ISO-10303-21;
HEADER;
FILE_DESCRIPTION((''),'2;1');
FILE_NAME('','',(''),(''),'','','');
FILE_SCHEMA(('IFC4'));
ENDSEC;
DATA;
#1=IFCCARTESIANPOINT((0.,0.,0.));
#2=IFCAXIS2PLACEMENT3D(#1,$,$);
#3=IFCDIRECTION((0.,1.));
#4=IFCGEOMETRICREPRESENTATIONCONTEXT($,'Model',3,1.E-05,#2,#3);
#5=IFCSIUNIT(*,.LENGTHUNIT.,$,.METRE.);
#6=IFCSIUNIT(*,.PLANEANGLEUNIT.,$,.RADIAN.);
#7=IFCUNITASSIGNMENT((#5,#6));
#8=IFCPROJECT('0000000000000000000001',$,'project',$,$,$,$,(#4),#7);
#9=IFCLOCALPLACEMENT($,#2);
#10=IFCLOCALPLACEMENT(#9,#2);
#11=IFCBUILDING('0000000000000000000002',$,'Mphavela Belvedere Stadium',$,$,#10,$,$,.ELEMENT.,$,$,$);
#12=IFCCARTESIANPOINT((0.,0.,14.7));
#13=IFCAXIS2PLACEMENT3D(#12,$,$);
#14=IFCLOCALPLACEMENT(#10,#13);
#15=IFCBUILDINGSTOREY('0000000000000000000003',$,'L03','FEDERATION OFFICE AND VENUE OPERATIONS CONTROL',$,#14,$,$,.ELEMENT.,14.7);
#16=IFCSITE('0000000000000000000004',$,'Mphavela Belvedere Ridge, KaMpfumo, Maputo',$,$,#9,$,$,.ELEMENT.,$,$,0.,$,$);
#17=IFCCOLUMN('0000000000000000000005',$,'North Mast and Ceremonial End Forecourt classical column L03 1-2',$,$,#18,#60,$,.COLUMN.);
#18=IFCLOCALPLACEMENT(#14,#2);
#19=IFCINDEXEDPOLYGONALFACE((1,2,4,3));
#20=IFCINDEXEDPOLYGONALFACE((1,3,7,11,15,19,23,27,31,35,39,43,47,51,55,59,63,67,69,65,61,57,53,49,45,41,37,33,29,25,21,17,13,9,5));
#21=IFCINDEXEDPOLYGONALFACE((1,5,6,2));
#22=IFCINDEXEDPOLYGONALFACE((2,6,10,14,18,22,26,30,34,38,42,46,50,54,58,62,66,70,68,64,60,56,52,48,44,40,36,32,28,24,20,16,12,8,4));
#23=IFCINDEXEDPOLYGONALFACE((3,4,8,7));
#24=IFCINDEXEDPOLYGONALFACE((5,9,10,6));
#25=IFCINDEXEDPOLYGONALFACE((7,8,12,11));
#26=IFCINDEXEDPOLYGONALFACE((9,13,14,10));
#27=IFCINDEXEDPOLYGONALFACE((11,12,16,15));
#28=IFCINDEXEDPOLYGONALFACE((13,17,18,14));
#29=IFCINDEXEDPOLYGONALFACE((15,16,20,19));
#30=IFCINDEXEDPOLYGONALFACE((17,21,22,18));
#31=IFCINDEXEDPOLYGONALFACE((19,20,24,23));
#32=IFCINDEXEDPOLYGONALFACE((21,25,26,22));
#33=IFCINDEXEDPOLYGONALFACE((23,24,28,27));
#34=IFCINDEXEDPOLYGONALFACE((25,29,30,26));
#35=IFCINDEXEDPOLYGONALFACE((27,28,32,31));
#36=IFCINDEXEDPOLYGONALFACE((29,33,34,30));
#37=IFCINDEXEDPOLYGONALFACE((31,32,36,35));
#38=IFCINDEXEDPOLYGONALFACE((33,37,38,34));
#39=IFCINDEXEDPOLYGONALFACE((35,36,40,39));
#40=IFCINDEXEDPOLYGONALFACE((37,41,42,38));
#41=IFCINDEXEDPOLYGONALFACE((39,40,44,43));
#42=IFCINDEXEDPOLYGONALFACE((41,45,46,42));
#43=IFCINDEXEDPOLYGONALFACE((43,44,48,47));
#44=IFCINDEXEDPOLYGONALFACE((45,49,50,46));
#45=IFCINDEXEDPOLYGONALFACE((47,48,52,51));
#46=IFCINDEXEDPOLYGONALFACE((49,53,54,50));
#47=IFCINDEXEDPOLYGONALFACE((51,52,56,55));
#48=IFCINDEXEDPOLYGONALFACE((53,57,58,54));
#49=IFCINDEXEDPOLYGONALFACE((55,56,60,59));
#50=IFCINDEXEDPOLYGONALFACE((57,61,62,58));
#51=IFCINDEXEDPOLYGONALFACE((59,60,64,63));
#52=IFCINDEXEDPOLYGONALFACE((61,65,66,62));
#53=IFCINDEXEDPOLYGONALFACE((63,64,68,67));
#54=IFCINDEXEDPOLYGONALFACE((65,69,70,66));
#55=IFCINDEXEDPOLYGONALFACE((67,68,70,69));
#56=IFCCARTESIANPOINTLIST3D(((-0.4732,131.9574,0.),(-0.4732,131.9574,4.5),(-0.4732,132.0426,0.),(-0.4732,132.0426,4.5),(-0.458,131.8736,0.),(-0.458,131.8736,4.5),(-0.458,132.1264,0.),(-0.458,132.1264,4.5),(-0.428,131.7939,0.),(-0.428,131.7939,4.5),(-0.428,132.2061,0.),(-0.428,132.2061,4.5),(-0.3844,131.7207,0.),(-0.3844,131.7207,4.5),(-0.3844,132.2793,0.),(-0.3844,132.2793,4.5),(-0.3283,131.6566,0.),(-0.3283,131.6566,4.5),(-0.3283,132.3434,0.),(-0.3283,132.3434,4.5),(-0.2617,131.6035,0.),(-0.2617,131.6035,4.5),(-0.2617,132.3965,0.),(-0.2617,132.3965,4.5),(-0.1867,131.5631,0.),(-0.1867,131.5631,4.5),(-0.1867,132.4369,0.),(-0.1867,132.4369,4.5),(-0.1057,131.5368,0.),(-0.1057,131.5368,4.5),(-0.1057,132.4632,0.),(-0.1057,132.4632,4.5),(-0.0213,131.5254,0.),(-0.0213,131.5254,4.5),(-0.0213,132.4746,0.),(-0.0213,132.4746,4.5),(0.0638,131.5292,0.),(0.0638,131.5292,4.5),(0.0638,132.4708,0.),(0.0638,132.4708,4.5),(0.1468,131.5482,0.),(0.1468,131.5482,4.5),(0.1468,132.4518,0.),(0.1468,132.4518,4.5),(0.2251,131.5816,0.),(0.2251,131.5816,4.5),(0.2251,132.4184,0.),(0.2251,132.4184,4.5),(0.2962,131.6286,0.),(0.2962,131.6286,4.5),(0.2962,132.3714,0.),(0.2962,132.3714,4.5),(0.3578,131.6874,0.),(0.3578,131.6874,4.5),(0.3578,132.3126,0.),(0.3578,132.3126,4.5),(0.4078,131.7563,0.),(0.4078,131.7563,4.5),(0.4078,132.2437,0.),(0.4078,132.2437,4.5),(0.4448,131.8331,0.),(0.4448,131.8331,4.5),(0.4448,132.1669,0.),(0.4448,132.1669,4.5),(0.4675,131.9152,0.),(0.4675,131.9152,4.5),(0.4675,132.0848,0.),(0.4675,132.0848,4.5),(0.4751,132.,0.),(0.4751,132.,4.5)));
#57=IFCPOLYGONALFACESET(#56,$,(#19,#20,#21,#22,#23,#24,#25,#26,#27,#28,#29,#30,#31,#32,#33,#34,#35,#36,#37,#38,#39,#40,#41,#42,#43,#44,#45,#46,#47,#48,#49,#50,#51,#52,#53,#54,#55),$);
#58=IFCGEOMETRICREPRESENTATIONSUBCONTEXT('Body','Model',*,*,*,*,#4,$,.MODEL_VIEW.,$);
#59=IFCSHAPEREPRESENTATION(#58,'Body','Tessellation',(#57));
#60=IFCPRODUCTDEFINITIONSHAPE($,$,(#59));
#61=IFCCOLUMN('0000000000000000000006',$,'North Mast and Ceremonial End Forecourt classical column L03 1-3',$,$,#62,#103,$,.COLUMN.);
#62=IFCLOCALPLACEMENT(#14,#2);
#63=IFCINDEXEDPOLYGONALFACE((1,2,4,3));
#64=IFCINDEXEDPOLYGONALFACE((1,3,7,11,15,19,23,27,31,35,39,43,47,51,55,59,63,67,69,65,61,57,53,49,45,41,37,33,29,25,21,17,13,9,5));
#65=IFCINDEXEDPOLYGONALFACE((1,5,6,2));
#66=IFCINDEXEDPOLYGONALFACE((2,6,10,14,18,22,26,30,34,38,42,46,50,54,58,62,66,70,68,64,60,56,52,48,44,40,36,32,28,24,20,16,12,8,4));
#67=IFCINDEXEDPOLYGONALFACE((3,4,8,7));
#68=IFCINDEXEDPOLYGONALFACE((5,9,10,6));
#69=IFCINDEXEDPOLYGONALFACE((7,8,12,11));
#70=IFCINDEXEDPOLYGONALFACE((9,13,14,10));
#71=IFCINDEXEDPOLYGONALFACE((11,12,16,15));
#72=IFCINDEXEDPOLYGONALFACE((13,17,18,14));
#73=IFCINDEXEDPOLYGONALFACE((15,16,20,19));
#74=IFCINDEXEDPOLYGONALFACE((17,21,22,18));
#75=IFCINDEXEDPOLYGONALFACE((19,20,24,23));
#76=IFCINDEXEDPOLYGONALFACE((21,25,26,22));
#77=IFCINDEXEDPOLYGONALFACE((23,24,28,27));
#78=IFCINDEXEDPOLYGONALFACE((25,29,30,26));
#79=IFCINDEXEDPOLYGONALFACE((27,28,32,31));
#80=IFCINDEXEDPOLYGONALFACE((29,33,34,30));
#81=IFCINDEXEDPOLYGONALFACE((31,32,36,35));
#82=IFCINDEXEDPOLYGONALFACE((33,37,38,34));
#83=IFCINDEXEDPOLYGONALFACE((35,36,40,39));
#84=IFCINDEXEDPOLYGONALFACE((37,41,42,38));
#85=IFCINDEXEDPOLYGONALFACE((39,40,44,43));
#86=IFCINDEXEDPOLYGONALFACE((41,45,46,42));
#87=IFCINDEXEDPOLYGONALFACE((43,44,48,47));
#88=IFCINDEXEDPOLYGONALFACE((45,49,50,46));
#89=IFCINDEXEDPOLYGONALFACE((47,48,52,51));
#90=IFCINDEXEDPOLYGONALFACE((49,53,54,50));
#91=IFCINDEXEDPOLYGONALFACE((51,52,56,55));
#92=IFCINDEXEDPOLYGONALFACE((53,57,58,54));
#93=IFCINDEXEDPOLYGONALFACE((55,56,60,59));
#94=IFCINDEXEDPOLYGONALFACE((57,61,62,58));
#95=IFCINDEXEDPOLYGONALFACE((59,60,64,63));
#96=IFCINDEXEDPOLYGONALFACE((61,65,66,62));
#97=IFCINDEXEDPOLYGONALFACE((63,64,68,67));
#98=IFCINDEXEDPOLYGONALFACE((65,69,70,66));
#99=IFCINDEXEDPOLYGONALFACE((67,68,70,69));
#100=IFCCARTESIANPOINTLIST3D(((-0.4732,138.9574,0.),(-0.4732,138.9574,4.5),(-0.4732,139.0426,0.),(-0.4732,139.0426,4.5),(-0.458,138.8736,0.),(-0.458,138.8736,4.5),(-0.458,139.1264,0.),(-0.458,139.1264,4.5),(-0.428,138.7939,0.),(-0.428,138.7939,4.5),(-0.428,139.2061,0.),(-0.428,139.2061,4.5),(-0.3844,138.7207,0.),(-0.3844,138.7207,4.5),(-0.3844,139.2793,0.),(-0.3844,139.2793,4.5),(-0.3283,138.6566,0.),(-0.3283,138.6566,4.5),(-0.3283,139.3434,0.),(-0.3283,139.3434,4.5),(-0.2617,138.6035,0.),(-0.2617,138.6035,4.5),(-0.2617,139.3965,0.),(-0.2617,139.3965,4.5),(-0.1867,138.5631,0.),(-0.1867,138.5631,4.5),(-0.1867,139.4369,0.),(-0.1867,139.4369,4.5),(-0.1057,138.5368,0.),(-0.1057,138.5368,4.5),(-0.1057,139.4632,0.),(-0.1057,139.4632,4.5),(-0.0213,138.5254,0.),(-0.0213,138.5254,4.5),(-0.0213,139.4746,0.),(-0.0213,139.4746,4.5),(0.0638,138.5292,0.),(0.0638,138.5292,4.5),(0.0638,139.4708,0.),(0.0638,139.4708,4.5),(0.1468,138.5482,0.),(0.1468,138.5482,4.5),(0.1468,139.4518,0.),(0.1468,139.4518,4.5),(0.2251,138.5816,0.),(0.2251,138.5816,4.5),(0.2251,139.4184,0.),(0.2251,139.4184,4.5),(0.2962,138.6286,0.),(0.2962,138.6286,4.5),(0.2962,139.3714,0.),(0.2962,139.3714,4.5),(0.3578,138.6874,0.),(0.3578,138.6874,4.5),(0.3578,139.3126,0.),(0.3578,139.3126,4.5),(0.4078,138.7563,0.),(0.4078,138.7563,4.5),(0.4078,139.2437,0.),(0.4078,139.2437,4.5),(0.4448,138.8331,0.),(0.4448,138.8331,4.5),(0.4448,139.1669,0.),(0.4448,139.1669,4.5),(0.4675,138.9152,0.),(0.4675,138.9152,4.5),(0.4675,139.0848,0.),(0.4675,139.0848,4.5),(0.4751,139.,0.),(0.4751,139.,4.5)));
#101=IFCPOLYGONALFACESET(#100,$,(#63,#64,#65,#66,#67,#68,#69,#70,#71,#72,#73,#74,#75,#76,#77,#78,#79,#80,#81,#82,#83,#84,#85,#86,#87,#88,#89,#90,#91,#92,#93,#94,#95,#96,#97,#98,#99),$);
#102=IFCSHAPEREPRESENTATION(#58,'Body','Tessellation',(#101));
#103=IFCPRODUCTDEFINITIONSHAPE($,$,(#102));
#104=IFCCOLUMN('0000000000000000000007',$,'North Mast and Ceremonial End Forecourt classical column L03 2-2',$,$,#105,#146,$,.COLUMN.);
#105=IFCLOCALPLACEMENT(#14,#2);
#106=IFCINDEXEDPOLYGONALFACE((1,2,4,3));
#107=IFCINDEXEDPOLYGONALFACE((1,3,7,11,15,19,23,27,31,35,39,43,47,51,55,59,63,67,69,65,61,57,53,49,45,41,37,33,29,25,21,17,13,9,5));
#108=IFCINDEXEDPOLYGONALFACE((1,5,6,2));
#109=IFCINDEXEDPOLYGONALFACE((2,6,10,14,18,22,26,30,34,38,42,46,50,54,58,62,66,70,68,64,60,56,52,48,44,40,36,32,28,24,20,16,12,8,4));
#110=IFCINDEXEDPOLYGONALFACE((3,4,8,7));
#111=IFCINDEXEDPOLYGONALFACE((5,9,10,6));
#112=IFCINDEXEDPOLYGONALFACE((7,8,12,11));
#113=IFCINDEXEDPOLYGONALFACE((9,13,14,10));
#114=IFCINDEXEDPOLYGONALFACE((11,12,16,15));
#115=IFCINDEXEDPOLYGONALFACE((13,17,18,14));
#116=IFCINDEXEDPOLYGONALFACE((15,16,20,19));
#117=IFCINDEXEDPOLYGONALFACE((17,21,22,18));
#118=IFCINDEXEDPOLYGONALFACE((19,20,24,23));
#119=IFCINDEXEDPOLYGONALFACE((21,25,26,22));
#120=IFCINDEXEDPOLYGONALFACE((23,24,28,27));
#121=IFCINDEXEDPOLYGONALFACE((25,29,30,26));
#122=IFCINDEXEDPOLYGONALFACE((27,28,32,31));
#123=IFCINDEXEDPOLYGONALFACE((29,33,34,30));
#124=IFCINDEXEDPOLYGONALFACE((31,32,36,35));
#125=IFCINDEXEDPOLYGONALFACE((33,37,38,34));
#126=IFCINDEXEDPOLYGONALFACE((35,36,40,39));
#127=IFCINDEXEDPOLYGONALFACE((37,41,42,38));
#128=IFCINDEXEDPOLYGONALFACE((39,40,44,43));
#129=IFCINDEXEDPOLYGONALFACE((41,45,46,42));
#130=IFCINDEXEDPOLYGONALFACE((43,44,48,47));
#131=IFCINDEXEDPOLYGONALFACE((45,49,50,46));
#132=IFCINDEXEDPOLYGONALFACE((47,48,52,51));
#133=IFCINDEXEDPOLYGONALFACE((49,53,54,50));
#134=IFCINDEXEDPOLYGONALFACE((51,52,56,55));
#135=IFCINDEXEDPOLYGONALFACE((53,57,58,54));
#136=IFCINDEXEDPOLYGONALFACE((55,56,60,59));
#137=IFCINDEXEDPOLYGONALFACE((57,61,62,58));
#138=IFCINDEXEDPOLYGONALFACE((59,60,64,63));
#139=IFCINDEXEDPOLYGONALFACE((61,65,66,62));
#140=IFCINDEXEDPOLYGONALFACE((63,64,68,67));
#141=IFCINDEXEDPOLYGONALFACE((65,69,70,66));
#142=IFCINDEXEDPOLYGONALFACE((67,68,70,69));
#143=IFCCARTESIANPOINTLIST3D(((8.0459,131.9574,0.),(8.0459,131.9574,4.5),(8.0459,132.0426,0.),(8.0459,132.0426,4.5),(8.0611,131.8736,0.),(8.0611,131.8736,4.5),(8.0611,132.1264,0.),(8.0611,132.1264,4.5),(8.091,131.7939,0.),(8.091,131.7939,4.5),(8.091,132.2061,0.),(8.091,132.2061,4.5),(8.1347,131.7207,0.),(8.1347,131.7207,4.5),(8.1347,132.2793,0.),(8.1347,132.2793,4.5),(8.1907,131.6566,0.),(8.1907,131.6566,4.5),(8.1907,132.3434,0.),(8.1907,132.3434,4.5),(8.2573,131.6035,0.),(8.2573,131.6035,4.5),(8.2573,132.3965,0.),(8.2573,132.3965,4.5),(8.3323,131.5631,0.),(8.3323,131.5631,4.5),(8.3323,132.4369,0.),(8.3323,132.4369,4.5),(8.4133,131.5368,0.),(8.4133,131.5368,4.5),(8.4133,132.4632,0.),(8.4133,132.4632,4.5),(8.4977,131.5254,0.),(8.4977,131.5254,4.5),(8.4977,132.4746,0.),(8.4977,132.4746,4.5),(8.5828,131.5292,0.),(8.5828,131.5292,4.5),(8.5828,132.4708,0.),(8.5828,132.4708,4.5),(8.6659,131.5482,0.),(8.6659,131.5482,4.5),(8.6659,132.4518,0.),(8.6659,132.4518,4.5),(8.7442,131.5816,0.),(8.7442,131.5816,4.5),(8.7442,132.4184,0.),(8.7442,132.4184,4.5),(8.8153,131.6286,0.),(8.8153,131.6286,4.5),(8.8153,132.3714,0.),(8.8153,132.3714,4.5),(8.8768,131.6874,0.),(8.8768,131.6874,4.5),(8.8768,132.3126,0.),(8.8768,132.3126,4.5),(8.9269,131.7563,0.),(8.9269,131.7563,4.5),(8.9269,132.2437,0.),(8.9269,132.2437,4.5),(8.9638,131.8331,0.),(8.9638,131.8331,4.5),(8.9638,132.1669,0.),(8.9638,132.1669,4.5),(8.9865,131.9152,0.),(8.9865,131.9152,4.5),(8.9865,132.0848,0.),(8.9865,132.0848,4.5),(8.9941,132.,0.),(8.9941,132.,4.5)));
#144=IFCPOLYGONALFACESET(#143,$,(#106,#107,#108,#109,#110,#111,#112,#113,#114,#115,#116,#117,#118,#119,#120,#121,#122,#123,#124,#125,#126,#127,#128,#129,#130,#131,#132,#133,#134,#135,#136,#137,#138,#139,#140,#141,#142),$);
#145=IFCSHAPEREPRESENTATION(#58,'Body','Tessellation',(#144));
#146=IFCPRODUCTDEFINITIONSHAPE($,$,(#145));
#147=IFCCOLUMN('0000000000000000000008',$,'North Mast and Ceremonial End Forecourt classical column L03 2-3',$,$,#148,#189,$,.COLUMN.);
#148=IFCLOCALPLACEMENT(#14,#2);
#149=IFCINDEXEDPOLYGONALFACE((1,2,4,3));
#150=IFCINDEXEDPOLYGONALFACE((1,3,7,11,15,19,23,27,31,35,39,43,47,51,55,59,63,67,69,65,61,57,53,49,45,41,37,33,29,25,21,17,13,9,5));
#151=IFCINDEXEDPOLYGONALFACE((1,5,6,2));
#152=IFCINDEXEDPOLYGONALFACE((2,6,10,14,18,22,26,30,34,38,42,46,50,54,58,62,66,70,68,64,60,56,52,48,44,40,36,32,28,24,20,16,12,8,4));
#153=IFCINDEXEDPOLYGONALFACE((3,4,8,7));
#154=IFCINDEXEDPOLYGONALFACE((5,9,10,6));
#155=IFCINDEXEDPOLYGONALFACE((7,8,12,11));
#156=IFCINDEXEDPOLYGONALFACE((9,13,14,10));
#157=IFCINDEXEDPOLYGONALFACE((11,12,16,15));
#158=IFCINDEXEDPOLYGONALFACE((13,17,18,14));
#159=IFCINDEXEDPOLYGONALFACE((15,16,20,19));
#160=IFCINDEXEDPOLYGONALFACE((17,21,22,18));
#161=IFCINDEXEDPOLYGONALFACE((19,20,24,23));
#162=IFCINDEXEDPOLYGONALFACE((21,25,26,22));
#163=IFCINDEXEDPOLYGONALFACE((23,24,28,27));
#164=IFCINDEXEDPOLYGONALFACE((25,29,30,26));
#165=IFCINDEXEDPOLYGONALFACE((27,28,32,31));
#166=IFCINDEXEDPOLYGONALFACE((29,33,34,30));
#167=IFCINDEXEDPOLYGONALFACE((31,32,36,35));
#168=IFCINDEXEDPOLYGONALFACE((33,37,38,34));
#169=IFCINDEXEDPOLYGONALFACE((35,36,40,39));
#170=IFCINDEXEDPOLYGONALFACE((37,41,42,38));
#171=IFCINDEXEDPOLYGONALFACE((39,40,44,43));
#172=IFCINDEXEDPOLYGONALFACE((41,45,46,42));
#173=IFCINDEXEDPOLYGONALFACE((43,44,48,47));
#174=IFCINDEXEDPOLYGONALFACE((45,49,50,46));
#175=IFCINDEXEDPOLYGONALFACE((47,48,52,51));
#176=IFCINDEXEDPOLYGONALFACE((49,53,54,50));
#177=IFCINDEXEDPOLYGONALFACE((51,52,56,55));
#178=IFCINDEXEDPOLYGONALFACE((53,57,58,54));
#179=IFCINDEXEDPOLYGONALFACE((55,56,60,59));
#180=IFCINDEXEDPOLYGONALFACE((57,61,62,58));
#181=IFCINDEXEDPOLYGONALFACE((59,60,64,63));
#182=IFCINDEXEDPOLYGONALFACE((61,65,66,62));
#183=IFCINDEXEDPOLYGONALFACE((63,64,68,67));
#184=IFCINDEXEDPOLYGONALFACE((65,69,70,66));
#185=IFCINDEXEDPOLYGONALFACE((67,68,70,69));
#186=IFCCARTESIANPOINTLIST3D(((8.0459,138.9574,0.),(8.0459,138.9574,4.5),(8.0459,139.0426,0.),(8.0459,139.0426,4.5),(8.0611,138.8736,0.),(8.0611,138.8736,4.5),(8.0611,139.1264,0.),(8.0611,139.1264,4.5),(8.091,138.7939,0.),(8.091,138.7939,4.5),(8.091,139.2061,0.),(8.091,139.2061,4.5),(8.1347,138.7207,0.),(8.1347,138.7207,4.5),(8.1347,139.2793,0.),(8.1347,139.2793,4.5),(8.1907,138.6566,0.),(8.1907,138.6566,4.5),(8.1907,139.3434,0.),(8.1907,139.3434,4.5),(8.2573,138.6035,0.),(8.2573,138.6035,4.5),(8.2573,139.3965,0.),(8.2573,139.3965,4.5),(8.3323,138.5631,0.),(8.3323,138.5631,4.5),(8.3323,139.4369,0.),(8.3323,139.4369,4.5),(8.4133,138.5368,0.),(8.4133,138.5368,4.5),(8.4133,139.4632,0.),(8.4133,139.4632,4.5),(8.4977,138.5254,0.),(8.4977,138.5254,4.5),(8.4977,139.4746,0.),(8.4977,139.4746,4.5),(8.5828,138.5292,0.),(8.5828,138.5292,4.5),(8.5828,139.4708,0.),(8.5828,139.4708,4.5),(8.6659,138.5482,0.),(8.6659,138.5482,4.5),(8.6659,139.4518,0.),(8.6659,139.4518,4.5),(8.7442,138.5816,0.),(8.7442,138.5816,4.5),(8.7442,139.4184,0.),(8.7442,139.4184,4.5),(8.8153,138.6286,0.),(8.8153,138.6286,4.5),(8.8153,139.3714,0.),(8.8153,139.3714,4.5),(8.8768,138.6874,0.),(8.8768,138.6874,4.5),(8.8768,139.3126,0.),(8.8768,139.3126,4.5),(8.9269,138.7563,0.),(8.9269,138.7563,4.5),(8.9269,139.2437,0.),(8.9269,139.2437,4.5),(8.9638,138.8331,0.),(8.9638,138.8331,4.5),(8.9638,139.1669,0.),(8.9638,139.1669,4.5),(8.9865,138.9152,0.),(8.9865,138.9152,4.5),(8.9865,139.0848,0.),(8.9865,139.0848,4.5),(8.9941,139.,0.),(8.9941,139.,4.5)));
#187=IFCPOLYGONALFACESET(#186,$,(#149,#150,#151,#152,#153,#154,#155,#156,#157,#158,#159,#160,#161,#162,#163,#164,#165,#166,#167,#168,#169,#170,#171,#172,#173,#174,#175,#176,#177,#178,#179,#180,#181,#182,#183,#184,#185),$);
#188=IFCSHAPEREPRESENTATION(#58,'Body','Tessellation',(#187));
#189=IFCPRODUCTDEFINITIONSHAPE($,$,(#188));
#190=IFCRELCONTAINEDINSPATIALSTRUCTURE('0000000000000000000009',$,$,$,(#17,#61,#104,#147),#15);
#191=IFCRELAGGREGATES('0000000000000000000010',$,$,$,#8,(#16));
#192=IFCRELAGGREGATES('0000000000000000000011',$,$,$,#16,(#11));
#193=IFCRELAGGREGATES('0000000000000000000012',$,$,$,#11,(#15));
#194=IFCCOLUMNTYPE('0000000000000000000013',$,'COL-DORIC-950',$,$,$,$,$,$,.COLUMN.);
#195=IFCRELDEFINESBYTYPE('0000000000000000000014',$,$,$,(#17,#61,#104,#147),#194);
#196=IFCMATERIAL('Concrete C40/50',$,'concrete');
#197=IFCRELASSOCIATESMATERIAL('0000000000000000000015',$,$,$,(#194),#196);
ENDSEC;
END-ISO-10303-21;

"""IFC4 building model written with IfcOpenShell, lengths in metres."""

from ifc_helpers import new_model, si_unit, direction, frame, origin, origin_2d, place, context, subcontext, project, spatial, circle, extrude, material, material_profile, profile_set, type_object, element, save


model = new_model("IFC4")

# Units and contexts
model_context = context("Model", 3, precision=1e-05, world=origin(), true_north=direction((0.0, 1.0)))
body_context = subcontext(model_context, "Body", "Model", "MODEL_VIEW")
ifc_project = project(units=[si_unit("LENGTHUNIT", "METRE"), si_unit("PLANEANGLEUNIT", "RADIAN")], contexts=[model_context])

# Site, building, storey
site_placement = place(None, origin())
site = spatial("IfcSite", under=ifc_project, at=site_placement, Name="Mphavela Belvedere Ridge, KaMpfumo, Maputo", CompositionType="ELEMENT", RefElevation=0.0)
building_placement = place(site_placement, origin())
building = spatial("IfcBuilding", under=site, at=building_placement, Name="Mphavela Belvedere Stadium", CompositionType="ELEMENT")
storey_placement = place(building_placement, frame((0.0, 0.0, 14.7)))
storey = spatial("IfcBuildingStorey", under=building, at=storey_placement, Name="L03", Description="FEDERATION OFFICE AND VENUE OPERATIONS CONTROL", CompositionType="ELEMENT", Elevation=14.7)

# Columns
ifc_material_1 = material(Name="Concrete C40/50", Category="concrete")
ifc_material_profile_1 = material_profile(ifc_material_1, circle(Radius=0.4751, at=origin_2d()), Name="COL D950")
ifc_profile_set_1 = profile_set([ifc_material_profile_1], Name="Concrete C40/50")
column_type = type_object("IfcColumnType", Name="COL-DORIC-950", PredefinedType="COLUMN", material=ifc_profile_set_1)
for number, where, z_axis, x_axis, name in (
    (1, (0.0, 132.0, 0.0), (0.0, 0.0, 1.0), (1.0, 0.0, 0.0), "North Mast and Ceremonial End Forecourt classical column L03 1-2"),
    (2, (0.0, 139.0, 0.0), (0.0, 0.0, 1.0), (1.0, 0.0, 0.0), "North Mast and Ceremonial End Forecourt classical column L03 1-3"),
    (3, (8.519, 132.0, 0.0), (0.0, 0.0, 1.0), (1.0, 0.0, 0.0), "North Mast and Ceremonial End Forecourt classical column L03 2-2"),
    (4, (8.519, 139.0, 0.0), (0.0, 0.0, 1.0), (1.0, 0.0, 0.0), "North Mast and Ceremonial End Forecourt classical column L03 2-3"),
):
    element("IfcColumn", number, at=place(storey_placement, frame(where, z_axis=z_axis, x_axis=x_axis)), inside=storey, type_object=column_type, Name=name, PredefinedType="COLUMN", context=body_context, shape_type="SweptSolid", body=[
        extrude(circle(Radius=0.4751, at=origin_2d()), origin(), (0.0, 0.0, 1.0), 4.5),
    ])

save(model, "model.ifc")
